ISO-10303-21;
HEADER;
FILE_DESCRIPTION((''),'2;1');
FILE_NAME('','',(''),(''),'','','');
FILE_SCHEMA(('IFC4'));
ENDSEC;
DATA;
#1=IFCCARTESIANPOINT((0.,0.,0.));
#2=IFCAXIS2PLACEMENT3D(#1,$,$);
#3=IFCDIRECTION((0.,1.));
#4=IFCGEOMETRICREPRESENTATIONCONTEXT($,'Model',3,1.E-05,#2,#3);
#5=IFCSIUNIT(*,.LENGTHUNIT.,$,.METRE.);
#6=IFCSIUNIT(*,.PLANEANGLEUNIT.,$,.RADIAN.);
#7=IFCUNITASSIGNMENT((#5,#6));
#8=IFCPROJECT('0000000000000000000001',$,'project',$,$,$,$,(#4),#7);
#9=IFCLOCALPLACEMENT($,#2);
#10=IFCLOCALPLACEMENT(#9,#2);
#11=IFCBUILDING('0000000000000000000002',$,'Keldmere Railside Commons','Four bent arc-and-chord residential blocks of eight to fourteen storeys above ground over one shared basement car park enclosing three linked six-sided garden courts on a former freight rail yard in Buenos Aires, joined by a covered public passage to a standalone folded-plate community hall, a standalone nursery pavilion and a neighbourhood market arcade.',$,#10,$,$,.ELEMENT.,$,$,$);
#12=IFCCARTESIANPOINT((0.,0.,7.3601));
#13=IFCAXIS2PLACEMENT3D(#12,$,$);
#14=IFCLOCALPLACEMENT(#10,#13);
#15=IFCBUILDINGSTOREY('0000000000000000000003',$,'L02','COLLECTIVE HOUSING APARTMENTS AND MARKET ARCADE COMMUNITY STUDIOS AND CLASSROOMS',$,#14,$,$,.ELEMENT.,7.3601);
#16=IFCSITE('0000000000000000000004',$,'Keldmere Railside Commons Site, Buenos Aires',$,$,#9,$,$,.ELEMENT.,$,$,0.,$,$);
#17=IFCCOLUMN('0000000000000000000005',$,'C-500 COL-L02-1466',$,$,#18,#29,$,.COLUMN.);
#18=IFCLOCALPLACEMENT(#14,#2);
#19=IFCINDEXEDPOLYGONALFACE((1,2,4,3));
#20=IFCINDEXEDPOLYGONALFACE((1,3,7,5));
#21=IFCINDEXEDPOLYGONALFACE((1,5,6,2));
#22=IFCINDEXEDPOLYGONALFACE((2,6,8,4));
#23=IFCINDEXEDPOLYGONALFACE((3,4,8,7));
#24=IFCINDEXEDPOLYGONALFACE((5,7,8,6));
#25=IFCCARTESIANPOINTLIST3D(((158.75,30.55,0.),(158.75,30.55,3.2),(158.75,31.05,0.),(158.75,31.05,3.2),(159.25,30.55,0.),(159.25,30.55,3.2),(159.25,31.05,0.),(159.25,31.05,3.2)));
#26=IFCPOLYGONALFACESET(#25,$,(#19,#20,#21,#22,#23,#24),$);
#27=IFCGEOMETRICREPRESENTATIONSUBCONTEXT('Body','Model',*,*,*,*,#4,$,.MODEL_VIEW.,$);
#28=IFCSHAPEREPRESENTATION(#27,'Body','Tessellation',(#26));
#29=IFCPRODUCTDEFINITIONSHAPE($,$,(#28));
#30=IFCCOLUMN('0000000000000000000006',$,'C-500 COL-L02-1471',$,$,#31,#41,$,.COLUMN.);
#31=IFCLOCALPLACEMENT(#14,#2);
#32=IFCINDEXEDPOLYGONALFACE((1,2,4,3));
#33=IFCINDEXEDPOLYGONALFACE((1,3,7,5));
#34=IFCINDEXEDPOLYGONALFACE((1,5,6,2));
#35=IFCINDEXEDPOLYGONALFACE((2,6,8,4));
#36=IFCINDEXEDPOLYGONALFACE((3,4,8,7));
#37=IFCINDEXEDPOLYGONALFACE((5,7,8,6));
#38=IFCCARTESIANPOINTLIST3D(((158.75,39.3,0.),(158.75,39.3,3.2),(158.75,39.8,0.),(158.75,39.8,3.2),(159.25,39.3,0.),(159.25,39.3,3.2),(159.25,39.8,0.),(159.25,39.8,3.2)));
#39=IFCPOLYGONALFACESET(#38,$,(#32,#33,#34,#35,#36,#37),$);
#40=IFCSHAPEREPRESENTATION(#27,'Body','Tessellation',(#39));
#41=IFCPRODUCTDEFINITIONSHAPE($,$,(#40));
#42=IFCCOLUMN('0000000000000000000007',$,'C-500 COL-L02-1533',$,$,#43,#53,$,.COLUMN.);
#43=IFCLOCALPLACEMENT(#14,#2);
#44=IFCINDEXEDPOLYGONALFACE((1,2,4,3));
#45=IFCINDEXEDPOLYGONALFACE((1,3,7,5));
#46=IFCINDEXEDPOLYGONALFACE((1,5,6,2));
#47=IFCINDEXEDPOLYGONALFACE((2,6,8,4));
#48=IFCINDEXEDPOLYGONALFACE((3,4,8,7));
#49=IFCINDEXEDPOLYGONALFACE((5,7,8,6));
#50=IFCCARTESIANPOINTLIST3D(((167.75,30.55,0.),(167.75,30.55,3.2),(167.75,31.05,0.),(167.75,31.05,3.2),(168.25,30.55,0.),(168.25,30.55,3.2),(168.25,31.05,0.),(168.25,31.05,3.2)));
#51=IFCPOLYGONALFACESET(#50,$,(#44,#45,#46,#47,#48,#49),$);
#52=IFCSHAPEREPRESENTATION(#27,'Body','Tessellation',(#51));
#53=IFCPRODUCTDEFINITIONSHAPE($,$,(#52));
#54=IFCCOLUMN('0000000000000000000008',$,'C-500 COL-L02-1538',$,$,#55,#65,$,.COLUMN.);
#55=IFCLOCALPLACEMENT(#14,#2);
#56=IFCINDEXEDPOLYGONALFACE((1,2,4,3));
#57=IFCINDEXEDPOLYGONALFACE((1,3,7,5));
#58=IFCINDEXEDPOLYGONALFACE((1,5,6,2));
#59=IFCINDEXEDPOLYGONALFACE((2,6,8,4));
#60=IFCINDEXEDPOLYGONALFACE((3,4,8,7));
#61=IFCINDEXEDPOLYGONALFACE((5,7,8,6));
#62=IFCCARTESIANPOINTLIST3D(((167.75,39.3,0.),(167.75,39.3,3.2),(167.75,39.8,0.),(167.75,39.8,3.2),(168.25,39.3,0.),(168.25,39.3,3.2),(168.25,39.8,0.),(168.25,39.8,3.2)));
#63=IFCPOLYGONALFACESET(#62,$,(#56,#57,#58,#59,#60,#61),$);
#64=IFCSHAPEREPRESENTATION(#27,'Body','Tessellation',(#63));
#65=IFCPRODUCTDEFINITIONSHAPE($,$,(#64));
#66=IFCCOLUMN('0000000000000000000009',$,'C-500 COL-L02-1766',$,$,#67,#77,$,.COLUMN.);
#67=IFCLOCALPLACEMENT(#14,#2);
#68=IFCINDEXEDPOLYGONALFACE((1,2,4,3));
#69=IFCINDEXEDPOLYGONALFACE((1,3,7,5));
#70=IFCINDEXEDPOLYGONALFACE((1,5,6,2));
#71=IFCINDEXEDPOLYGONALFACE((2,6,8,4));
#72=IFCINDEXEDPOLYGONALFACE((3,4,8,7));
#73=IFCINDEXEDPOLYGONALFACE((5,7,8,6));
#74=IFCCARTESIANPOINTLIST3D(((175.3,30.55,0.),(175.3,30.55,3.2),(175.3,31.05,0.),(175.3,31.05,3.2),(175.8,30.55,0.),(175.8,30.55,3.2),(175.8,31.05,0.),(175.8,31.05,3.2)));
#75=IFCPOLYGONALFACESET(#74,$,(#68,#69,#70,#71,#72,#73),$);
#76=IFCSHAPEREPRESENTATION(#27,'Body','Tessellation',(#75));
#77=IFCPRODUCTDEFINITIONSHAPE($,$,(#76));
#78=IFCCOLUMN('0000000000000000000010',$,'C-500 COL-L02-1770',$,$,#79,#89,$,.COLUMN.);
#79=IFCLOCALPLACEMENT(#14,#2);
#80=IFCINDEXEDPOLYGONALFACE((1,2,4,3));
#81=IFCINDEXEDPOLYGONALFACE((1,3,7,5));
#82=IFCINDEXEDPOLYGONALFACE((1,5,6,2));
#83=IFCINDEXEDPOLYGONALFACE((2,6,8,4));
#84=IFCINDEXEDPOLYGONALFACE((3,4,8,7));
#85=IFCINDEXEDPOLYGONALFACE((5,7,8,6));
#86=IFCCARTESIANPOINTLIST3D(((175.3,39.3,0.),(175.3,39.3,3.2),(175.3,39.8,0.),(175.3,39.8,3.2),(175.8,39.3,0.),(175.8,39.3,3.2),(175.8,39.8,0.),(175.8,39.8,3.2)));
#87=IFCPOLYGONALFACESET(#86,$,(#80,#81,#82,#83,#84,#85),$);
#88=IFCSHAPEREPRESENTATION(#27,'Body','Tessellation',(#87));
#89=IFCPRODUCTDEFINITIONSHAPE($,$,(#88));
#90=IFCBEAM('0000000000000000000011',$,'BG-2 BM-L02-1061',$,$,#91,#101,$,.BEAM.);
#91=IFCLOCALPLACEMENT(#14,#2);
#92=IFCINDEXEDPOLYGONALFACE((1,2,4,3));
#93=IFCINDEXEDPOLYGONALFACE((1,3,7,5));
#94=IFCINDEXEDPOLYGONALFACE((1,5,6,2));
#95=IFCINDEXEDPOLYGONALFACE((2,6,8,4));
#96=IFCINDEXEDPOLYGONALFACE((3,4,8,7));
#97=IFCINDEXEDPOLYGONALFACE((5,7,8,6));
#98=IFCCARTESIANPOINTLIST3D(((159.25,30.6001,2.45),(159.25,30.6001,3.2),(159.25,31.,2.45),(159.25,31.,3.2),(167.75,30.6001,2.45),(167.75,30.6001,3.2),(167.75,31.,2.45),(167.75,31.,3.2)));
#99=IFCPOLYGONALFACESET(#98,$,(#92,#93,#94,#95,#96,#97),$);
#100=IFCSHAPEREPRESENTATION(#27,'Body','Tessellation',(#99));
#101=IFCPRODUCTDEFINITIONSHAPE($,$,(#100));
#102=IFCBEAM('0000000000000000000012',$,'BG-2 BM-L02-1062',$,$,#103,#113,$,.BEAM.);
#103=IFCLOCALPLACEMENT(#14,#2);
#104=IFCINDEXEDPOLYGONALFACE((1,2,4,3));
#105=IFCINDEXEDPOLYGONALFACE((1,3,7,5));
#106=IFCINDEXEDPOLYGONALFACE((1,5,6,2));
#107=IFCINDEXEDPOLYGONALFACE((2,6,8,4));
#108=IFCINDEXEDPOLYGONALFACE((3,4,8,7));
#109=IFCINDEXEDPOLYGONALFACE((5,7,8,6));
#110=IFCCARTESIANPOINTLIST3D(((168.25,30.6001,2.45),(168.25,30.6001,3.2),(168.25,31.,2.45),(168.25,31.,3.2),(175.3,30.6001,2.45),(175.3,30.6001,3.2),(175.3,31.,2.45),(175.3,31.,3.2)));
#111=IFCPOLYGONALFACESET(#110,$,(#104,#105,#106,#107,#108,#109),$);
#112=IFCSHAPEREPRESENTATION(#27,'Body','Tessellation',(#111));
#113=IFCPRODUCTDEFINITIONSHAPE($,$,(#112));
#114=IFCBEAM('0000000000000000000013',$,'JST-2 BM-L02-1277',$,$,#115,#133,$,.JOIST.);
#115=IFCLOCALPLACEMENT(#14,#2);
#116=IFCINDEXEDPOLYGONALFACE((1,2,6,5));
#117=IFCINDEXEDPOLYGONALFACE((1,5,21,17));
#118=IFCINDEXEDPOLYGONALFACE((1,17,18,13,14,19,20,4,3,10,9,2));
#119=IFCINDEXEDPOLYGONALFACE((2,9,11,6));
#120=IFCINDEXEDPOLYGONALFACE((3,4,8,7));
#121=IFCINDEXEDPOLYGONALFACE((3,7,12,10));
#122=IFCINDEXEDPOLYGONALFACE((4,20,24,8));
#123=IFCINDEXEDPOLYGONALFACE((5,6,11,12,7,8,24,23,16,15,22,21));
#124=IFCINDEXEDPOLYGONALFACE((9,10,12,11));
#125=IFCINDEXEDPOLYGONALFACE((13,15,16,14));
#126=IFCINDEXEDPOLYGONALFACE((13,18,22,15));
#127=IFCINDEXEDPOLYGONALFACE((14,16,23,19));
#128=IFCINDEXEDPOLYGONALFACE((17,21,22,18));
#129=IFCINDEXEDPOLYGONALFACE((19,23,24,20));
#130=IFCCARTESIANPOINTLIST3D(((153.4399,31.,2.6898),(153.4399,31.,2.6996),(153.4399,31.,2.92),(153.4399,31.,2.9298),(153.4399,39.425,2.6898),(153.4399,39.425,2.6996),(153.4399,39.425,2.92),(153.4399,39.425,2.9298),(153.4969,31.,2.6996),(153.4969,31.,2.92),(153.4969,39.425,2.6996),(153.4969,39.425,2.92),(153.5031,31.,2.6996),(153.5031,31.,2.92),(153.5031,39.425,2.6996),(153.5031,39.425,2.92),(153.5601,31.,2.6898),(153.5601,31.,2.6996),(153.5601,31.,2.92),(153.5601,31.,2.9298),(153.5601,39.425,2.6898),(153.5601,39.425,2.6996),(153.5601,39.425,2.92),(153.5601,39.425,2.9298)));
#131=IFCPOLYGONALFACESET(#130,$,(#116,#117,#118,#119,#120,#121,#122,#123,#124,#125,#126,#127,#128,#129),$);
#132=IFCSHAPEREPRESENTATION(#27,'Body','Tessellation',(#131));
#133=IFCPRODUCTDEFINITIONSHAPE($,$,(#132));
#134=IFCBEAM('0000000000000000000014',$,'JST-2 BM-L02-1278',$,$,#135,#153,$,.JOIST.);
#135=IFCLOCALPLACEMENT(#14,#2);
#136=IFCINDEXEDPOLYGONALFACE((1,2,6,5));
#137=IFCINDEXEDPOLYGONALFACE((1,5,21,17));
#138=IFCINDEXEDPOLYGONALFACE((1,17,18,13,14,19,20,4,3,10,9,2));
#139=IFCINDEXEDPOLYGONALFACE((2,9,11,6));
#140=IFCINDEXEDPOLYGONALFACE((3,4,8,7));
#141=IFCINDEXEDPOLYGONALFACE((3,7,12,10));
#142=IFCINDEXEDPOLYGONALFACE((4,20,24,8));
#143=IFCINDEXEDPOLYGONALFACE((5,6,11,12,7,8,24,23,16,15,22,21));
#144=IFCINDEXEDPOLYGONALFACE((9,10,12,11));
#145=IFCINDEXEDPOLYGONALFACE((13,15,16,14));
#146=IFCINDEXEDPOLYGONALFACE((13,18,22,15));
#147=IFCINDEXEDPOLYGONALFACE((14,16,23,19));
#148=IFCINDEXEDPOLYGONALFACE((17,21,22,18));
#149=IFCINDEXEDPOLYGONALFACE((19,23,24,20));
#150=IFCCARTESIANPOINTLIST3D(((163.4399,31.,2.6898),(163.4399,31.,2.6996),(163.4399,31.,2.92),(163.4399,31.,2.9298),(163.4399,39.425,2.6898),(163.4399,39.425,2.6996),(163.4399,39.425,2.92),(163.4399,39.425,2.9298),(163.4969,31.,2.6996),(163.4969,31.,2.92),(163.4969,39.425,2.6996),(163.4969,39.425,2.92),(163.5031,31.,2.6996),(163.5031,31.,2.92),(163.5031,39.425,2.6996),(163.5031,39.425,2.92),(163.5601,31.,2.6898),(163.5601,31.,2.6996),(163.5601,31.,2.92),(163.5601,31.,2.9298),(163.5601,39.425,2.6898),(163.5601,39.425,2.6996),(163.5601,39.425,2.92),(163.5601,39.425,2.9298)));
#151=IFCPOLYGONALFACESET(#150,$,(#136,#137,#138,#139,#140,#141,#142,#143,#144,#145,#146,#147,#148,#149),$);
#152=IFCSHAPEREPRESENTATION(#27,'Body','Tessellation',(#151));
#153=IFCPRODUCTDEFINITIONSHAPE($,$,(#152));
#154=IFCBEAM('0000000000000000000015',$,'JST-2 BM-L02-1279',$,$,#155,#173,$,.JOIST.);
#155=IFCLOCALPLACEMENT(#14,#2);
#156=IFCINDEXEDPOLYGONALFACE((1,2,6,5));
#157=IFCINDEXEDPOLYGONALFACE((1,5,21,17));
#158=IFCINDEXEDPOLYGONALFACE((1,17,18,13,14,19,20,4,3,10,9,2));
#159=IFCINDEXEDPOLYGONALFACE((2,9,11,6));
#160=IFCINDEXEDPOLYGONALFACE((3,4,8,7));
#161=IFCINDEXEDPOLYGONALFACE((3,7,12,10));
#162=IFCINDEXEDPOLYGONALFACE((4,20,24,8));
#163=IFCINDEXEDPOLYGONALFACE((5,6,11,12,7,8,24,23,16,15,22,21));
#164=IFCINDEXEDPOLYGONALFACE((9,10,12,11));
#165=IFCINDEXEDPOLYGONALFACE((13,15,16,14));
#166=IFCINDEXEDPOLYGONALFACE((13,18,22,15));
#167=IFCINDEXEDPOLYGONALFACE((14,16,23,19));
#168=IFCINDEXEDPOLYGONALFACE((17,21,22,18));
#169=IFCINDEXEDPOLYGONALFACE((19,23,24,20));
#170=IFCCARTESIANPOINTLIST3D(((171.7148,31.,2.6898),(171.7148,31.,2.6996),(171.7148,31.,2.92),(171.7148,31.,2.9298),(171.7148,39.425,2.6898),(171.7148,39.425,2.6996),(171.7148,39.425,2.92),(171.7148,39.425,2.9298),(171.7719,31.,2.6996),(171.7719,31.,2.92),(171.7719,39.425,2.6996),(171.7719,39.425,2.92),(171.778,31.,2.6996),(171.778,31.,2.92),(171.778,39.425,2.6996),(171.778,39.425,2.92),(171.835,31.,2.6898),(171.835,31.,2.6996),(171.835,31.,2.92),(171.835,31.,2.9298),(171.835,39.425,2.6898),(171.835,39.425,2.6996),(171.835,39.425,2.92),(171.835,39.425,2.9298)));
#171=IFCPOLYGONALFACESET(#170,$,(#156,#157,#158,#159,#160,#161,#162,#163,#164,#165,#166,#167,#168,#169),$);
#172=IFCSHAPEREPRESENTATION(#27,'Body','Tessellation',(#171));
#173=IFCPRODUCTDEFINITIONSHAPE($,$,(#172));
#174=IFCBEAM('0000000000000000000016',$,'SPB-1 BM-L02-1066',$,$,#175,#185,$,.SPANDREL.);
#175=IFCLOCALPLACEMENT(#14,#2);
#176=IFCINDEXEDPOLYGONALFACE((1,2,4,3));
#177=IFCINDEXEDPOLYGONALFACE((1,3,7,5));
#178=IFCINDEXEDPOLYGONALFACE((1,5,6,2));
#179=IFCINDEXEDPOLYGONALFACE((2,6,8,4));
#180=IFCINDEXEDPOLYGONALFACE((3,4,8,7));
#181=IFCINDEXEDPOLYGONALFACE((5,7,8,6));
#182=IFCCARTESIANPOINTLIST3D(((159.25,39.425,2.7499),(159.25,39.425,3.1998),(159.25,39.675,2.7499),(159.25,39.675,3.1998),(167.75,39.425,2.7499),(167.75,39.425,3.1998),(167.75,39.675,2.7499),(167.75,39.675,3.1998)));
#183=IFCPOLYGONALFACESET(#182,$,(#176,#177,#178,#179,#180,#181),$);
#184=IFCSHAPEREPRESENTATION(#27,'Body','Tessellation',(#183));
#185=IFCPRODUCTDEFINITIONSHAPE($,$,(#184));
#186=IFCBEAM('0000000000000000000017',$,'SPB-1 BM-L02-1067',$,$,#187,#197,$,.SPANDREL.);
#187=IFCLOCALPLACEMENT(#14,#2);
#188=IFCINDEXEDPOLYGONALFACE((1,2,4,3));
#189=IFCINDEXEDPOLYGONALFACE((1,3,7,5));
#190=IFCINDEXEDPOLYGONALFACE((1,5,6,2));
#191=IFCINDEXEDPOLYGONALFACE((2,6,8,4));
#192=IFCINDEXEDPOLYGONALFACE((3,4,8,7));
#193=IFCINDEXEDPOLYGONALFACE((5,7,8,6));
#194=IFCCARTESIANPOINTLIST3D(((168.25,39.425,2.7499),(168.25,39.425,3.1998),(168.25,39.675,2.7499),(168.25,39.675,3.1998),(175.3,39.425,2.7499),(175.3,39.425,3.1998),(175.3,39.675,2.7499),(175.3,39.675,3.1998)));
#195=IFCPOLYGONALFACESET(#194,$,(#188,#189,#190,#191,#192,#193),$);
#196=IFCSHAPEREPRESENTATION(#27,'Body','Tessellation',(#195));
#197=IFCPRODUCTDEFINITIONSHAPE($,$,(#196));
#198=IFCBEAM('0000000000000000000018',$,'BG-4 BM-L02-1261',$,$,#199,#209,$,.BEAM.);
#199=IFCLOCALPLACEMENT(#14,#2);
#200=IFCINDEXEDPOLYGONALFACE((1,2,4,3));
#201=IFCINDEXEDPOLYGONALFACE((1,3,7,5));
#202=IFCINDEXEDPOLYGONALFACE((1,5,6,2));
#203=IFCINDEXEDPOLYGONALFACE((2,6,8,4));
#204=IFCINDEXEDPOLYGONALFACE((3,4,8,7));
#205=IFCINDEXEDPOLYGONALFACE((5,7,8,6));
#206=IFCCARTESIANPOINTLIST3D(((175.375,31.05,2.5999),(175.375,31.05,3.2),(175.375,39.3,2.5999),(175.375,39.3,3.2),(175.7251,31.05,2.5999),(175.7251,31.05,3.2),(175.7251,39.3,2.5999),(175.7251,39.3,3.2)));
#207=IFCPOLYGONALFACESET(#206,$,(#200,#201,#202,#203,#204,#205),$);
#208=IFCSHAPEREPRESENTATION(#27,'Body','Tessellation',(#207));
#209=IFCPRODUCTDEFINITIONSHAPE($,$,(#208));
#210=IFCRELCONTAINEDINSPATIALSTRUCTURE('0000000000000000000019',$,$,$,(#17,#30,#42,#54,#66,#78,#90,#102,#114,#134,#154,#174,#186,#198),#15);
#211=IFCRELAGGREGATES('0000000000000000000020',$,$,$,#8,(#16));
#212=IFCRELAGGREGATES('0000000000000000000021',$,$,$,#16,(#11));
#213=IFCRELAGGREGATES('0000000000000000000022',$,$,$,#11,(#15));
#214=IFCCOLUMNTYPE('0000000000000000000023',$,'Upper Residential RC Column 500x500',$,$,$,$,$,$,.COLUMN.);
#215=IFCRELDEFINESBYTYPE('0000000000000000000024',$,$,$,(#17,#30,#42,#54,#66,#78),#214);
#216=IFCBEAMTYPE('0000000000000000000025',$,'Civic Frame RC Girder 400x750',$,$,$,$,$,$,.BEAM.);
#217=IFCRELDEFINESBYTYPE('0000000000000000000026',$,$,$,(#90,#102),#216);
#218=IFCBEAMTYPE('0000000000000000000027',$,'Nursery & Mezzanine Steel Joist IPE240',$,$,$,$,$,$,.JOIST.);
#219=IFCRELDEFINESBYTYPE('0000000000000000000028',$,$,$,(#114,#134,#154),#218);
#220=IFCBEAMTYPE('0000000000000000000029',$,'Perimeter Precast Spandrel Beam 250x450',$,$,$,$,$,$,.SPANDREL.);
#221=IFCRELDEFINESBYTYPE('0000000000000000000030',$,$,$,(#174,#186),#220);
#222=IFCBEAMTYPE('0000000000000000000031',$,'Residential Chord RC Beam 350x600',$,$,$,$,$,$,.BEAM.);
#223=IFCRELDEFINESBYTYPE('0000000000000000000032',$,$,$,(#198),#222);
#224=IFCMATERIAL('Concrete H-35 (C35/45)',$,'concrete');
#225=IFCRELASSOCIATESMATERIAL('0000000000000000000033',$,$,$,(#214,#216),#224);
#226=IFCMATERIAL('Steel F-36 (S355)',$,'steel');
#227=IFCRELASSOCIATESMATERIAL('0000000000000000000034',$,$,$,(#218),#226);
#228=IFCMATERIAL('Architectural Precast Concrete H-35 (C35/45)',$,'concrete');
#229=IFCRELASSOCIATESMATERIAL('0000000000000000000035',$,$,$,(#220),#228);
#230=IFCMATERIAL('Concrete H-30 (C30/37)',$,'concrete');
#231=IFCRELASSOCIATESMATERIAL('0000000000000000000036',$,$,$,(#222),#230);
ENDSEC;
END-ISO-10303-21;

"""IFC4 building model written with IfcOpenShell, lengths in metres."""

from ifc_helpers import new_model, si_unit, direction, frame, origin, origin_2d, place, context, subcontext, project, spatial, rectangle, i_section, extrude, material, material_profile, profile_set, type_object, element, save


model = new_model("IFC4")

# Units and contexts
model_context = context("Model", 3, precision=1e-05, world=origin(), true_north=direction((0.0, 1.0)))
body_context = subcontext(model_context, "Body", "Model", "MODEL_VIEW")
ifc_project = project(units=[si_unit("LENGTHUNIT", "METRE"), si_unit("PLANEANGLEUNIT", "RADIAN")], contexts=[model_context])

# Site, building, storey
site_placement = place(None, origin())
site = spatial("IfcSite", under=ifc_project, at=site_placement, Name="Keldmere Railside Commons Site, Buenos Aires", CompositionType="ELEMENT", RefElevation=0.0)
building_placement = place(site_placement, origin())
building = spatial("IfcBuilding", under=site, at=building_placement, Name="Keldmere Railside Commons", Description="Four bent arc-and-chord residential blocks of eight to fourteen storeys above ground over one shared basement car park enclosing three linked six-sided garden courts on a former freight rail yard in Buenos Aires, joined by a covered public passage to a standalone folded-plate community hall, a standalone nursery pavilion and a neighbourhood market arcade.", CompositionType="ELEMENT")
storey_placement = place(building_placement, frame((0.0, 0.0, 7.3601)))
storey = spatial("IfcBuildingStorey", under=building, at=storey_placement, Name="L02", Description="COLLECTIVE HOUSING APARTMENTS AND MARKET ARCADE COMMUNITY STUDIOS AND CLASSROOMS", CompositionType="ELEMENT", Elevation=7.3601)

# Columns
ifc_material_1 = material(Name="Concrete H-35 (C35/45)", Category="concrete")
ifc_material_profile_1 = material_profile(ifc_material_1, rectangle(XDim=0.5, YDim=0.5, at=origin_2d()), Name="RC-500x500")
ifc_profile_set_1 = profile_set([ifc_material_profile_1], Name="Concrete H-35 (C35/45)")
column_type = type_object("IfcColumnType", Name="Upper Residential RC Column 500x500", PredefinedType="COLUMN", material=ifc_profile_set_1)
for number, where, z_axis, x_axis, name in (
    (1, (159.0, 30.8, 0.0), (0.0, 0.0, 1.0), (1.0, 0.0, 0.0), "C-500 COL-L02-1466"),
    (2, (159.0, 39.55, 0.0), (0.0, 0.0, 1.0), (1.0, 0.0, 0.0), "C-500 COL-L02-1471"),
    (3, (168.0, 30.8, 0.0), (0.0, 0.0, 1.0), (1.0, 0.0, 0.0), "C-500 COL-L02-1533"),
    (4, (168.0, 39.55, 0.0), (0.0, 0.0, 1.0), (1.0, 0.0, 0.0), "C-500 COL-L02-1538"),
    (5, (175.55, 30.8, 0.0), (0.0, 0.0, 1.0), (1.0, 0.0, 0.0), "C-500 COL-L02-1766"),
    (6, (175.55, 39.55, 0.0), (0.0, 0.0, 1.0), (1.0, 0.0, 0.0), "C-500 COL-L02-1770"),
):
    element("IfcColumn", number, at=place(storey_placement, frame(where, z_axis=z_axis, x_axis=x_axis)), inside=storey, type_object=column_type, Name=name, PredefinedType="COLUMN", context=body_context, shape_type="SweptSolid", body=[
        extrude(rectangle(XDim=0.5, YDim=0.5, at=origin_2d()), origin(), (0.0, 0.0, 1.0), 3.2),
    ])

# Beams
ifc_material_profile_2 = material_profile(ifc_material_1, rectangle(XDim=0.3999, YDim=0.75, at=origin_2d()), Name="RC-400x750")
ifc_profile_set_2 = profile_set([ifc_material_profile_2], Name="Concrete H-35 (C35/45)")
beam_type_1 = type_object("IfcBeamType", Name="Civic Frame RC Girder 400x750", PredefinedType="BEAM", material=ifc_profile_set_2)
beam_1_placement = place(storey_placement, frame((159.25, 30.8, 2.825), z_axis=(1.0, 0.0, 0.0), x_axis=(0.0, 1.0, 0.0)))
element("IfcBeam", 7, at=beam_1_placement, inside=storey, type_object=beam_type_1, Name="BG-2 BM-L02-1061", PredefinedType="BEAM", context=body_context, shape_type="SweptSolid", body=[
    extrude(rectangle(XDim=0.3999, YDim=0.75, at=origin_2d()), origin(), (0.0, 0.0, 1.0), 8.5),
])
beam_2_placement = place(storey_placement, frame((168.25, 30.8, 2.825), z_axis=(1.0, 0.0, 0.0), x_axis=(0.0, 1.0, 0.0)))
element("IfcBeam", 8, at=beam_2_placement, inside=storey, type_object=beam_type_1, Name="BG-2 BM-L02-1062", PredefinedType="BEAM", context=body_context, shape_type="SweptSolid", body=[
    extrude(rectangle(XDim=0.3999, YDim=0.75, at=origin_2d()), origin(), (0.0, 0.0, 1.0), 7.05),
])
ifc_material_2 = material(Name="Steel F-36 (S355)", Category="steel")
ifc_material_profile_3 = material_profile(ifc_material_2, i_section(OverallWidth=0.1201, OverallDepth=0.24, WebThickness=0.0061, FlangeThickness=0.0098, at=origin_2d()), Name="IPE-240")
ifc_profile_set_3 = profile_set([ifc_material_profile_3], Name="Steel F-36 (S355)")
beam_type_2 = type_object("IfcBeamType", Name="Nursery & Mezzanine Steel Joist IPE240", PredefinedType="JOIST", material=ifc_profile_set_3)
for number, where, z_axis, x_axis, name in (
    (9, (153.5, 31.0, 2.8098), (0.0, 1.0, 0.0), (-1.0, 0.0, 0.0), "JST-2 BM-L02-1277"),
    (10, (163.5, 31.0, 2.8098), (0.0, 1.0, 0.0), (-1.0, 0.0, 0.0), "JST-2 BM-L02-1278"),
    (11, (171.7749, 31.0, 2.8098), (0.0, 1.0, 0.0), (-1.0, 0.0, 0.0), "JST-2 BM-L02-1279"),
):
    element("IfcBeam", number, at=place(storey_placement, frame(where, z_axis=z_axis, x_axis=x_axis)), inside=storey, type_object=beam_type_2, Name=name, PredefinedType="JOIST", context=body_context, shape_type="SweptSolid", body=[
        extrude(i_section(OverallWidth=0.1201, OverallDepth=0.24, WebThickness=0.0061, FlangeThickness=0.0098, at=origin_2d()), origin(), (0.0, 0.0, 1.0), 8.425),
    ])
ifc_material_3 = material(Name="Architectural Precast Concrete H-35 (C35/45)", Category="concrete")
ifc_material_profile_4 = material_profile(ifc_material_3, rectangle(XDim=0.25, YDim=0.45, at=origin_2d()), Name="RC-250x450")
ifc_profile_set_4 = profile_set([ifc_material_profile_4], Name="Architectural Precast Concrete H-35 (C35/45)")
beam_type_3 = type_object("IfcBeamType", Name="Perimeter Precast Spandrel Beam 250x450", PredefinedType="SPANDREL", material=ifc_profile_set_4)
beam_3_placement = place(storey_placement, frame((159.25, 39.55, 2.9749), z_axis=(1.0, 0.0, 0.0), x_axis=(0.0, 1.0, 0.0)))
element("IfcBeam", 12, at=beam_3_placement, inside=storey, type_object=beam_type_3, Name="SPB-1 BM-L02-1066", PredefinedType="SPANDREL", context=body_context, shape_type="SweptSolid", body=[
    extrude(rectangle(XDim=0.25, YDim=0.45, at=origin_2d()), origin(), (0.0, 0.0, 1.0), 8.5),
])
beam_4_placement = place(storey_placement, frame((168.25, 39.55, 2.9749), z_axis=(1.0, 0.0, 0.0), x_axis=(0.0, 1.0, 0.0)))
element("IfcBeam", 13, at=beam_4_placement, inside=storey, type_object=beam_type_3, Name="SPB-1 BM-L02-1067", PredefinedType="SPANDREL", context=body_context, shape_type="SweptSolid", body=[
    extrude(rectangle(XDim=0.25, YDim=0.45, at=origin_2d()), origin(), (0.0, 0.0, 1.0), 7.05),
])
ifc_material_4 = material(Name="Concrete H-30 (C30/37)", Category="concrete")
ifc_material_profile_5 = material_profile(ifc_material_4, rectangle(XDim=0.3501, YDim=0.6001, at=origin_2d()), Name="RC-350x600")
ifc_profile_set_5 = profile_set([ifc_material_profile_5], Name="Concrete H-30 (C30/37)")
beam_type_4 = type_object("IfcBeamType", Name="Residential Chord RC Beam 350x600", PredefinedType="BEAM", material=ifc_profile_set_5)
beam_5_placement = place(storey_placement, frame((175.55, 31.05, 2.8999), z_axis=(0.0, 1.0, 0.0), x_axis=(-1.0, 0.0, 0.0)))
element("IfcBeam", 14, at=beam_5_placement, inside=storey, type_object=beam_type_4, Name="BG-4 BM-L02-1261", PredefinedType="BEAM", context=body_context, shape_type="SweptSolid", body=[
    extrude(rectangle(XDim=0.3501, YDim=0.6001, at=origin_2d()), origin(), (0.0, 0.0, 1.0), 8.25),
])

save(model, "model.ifc")
